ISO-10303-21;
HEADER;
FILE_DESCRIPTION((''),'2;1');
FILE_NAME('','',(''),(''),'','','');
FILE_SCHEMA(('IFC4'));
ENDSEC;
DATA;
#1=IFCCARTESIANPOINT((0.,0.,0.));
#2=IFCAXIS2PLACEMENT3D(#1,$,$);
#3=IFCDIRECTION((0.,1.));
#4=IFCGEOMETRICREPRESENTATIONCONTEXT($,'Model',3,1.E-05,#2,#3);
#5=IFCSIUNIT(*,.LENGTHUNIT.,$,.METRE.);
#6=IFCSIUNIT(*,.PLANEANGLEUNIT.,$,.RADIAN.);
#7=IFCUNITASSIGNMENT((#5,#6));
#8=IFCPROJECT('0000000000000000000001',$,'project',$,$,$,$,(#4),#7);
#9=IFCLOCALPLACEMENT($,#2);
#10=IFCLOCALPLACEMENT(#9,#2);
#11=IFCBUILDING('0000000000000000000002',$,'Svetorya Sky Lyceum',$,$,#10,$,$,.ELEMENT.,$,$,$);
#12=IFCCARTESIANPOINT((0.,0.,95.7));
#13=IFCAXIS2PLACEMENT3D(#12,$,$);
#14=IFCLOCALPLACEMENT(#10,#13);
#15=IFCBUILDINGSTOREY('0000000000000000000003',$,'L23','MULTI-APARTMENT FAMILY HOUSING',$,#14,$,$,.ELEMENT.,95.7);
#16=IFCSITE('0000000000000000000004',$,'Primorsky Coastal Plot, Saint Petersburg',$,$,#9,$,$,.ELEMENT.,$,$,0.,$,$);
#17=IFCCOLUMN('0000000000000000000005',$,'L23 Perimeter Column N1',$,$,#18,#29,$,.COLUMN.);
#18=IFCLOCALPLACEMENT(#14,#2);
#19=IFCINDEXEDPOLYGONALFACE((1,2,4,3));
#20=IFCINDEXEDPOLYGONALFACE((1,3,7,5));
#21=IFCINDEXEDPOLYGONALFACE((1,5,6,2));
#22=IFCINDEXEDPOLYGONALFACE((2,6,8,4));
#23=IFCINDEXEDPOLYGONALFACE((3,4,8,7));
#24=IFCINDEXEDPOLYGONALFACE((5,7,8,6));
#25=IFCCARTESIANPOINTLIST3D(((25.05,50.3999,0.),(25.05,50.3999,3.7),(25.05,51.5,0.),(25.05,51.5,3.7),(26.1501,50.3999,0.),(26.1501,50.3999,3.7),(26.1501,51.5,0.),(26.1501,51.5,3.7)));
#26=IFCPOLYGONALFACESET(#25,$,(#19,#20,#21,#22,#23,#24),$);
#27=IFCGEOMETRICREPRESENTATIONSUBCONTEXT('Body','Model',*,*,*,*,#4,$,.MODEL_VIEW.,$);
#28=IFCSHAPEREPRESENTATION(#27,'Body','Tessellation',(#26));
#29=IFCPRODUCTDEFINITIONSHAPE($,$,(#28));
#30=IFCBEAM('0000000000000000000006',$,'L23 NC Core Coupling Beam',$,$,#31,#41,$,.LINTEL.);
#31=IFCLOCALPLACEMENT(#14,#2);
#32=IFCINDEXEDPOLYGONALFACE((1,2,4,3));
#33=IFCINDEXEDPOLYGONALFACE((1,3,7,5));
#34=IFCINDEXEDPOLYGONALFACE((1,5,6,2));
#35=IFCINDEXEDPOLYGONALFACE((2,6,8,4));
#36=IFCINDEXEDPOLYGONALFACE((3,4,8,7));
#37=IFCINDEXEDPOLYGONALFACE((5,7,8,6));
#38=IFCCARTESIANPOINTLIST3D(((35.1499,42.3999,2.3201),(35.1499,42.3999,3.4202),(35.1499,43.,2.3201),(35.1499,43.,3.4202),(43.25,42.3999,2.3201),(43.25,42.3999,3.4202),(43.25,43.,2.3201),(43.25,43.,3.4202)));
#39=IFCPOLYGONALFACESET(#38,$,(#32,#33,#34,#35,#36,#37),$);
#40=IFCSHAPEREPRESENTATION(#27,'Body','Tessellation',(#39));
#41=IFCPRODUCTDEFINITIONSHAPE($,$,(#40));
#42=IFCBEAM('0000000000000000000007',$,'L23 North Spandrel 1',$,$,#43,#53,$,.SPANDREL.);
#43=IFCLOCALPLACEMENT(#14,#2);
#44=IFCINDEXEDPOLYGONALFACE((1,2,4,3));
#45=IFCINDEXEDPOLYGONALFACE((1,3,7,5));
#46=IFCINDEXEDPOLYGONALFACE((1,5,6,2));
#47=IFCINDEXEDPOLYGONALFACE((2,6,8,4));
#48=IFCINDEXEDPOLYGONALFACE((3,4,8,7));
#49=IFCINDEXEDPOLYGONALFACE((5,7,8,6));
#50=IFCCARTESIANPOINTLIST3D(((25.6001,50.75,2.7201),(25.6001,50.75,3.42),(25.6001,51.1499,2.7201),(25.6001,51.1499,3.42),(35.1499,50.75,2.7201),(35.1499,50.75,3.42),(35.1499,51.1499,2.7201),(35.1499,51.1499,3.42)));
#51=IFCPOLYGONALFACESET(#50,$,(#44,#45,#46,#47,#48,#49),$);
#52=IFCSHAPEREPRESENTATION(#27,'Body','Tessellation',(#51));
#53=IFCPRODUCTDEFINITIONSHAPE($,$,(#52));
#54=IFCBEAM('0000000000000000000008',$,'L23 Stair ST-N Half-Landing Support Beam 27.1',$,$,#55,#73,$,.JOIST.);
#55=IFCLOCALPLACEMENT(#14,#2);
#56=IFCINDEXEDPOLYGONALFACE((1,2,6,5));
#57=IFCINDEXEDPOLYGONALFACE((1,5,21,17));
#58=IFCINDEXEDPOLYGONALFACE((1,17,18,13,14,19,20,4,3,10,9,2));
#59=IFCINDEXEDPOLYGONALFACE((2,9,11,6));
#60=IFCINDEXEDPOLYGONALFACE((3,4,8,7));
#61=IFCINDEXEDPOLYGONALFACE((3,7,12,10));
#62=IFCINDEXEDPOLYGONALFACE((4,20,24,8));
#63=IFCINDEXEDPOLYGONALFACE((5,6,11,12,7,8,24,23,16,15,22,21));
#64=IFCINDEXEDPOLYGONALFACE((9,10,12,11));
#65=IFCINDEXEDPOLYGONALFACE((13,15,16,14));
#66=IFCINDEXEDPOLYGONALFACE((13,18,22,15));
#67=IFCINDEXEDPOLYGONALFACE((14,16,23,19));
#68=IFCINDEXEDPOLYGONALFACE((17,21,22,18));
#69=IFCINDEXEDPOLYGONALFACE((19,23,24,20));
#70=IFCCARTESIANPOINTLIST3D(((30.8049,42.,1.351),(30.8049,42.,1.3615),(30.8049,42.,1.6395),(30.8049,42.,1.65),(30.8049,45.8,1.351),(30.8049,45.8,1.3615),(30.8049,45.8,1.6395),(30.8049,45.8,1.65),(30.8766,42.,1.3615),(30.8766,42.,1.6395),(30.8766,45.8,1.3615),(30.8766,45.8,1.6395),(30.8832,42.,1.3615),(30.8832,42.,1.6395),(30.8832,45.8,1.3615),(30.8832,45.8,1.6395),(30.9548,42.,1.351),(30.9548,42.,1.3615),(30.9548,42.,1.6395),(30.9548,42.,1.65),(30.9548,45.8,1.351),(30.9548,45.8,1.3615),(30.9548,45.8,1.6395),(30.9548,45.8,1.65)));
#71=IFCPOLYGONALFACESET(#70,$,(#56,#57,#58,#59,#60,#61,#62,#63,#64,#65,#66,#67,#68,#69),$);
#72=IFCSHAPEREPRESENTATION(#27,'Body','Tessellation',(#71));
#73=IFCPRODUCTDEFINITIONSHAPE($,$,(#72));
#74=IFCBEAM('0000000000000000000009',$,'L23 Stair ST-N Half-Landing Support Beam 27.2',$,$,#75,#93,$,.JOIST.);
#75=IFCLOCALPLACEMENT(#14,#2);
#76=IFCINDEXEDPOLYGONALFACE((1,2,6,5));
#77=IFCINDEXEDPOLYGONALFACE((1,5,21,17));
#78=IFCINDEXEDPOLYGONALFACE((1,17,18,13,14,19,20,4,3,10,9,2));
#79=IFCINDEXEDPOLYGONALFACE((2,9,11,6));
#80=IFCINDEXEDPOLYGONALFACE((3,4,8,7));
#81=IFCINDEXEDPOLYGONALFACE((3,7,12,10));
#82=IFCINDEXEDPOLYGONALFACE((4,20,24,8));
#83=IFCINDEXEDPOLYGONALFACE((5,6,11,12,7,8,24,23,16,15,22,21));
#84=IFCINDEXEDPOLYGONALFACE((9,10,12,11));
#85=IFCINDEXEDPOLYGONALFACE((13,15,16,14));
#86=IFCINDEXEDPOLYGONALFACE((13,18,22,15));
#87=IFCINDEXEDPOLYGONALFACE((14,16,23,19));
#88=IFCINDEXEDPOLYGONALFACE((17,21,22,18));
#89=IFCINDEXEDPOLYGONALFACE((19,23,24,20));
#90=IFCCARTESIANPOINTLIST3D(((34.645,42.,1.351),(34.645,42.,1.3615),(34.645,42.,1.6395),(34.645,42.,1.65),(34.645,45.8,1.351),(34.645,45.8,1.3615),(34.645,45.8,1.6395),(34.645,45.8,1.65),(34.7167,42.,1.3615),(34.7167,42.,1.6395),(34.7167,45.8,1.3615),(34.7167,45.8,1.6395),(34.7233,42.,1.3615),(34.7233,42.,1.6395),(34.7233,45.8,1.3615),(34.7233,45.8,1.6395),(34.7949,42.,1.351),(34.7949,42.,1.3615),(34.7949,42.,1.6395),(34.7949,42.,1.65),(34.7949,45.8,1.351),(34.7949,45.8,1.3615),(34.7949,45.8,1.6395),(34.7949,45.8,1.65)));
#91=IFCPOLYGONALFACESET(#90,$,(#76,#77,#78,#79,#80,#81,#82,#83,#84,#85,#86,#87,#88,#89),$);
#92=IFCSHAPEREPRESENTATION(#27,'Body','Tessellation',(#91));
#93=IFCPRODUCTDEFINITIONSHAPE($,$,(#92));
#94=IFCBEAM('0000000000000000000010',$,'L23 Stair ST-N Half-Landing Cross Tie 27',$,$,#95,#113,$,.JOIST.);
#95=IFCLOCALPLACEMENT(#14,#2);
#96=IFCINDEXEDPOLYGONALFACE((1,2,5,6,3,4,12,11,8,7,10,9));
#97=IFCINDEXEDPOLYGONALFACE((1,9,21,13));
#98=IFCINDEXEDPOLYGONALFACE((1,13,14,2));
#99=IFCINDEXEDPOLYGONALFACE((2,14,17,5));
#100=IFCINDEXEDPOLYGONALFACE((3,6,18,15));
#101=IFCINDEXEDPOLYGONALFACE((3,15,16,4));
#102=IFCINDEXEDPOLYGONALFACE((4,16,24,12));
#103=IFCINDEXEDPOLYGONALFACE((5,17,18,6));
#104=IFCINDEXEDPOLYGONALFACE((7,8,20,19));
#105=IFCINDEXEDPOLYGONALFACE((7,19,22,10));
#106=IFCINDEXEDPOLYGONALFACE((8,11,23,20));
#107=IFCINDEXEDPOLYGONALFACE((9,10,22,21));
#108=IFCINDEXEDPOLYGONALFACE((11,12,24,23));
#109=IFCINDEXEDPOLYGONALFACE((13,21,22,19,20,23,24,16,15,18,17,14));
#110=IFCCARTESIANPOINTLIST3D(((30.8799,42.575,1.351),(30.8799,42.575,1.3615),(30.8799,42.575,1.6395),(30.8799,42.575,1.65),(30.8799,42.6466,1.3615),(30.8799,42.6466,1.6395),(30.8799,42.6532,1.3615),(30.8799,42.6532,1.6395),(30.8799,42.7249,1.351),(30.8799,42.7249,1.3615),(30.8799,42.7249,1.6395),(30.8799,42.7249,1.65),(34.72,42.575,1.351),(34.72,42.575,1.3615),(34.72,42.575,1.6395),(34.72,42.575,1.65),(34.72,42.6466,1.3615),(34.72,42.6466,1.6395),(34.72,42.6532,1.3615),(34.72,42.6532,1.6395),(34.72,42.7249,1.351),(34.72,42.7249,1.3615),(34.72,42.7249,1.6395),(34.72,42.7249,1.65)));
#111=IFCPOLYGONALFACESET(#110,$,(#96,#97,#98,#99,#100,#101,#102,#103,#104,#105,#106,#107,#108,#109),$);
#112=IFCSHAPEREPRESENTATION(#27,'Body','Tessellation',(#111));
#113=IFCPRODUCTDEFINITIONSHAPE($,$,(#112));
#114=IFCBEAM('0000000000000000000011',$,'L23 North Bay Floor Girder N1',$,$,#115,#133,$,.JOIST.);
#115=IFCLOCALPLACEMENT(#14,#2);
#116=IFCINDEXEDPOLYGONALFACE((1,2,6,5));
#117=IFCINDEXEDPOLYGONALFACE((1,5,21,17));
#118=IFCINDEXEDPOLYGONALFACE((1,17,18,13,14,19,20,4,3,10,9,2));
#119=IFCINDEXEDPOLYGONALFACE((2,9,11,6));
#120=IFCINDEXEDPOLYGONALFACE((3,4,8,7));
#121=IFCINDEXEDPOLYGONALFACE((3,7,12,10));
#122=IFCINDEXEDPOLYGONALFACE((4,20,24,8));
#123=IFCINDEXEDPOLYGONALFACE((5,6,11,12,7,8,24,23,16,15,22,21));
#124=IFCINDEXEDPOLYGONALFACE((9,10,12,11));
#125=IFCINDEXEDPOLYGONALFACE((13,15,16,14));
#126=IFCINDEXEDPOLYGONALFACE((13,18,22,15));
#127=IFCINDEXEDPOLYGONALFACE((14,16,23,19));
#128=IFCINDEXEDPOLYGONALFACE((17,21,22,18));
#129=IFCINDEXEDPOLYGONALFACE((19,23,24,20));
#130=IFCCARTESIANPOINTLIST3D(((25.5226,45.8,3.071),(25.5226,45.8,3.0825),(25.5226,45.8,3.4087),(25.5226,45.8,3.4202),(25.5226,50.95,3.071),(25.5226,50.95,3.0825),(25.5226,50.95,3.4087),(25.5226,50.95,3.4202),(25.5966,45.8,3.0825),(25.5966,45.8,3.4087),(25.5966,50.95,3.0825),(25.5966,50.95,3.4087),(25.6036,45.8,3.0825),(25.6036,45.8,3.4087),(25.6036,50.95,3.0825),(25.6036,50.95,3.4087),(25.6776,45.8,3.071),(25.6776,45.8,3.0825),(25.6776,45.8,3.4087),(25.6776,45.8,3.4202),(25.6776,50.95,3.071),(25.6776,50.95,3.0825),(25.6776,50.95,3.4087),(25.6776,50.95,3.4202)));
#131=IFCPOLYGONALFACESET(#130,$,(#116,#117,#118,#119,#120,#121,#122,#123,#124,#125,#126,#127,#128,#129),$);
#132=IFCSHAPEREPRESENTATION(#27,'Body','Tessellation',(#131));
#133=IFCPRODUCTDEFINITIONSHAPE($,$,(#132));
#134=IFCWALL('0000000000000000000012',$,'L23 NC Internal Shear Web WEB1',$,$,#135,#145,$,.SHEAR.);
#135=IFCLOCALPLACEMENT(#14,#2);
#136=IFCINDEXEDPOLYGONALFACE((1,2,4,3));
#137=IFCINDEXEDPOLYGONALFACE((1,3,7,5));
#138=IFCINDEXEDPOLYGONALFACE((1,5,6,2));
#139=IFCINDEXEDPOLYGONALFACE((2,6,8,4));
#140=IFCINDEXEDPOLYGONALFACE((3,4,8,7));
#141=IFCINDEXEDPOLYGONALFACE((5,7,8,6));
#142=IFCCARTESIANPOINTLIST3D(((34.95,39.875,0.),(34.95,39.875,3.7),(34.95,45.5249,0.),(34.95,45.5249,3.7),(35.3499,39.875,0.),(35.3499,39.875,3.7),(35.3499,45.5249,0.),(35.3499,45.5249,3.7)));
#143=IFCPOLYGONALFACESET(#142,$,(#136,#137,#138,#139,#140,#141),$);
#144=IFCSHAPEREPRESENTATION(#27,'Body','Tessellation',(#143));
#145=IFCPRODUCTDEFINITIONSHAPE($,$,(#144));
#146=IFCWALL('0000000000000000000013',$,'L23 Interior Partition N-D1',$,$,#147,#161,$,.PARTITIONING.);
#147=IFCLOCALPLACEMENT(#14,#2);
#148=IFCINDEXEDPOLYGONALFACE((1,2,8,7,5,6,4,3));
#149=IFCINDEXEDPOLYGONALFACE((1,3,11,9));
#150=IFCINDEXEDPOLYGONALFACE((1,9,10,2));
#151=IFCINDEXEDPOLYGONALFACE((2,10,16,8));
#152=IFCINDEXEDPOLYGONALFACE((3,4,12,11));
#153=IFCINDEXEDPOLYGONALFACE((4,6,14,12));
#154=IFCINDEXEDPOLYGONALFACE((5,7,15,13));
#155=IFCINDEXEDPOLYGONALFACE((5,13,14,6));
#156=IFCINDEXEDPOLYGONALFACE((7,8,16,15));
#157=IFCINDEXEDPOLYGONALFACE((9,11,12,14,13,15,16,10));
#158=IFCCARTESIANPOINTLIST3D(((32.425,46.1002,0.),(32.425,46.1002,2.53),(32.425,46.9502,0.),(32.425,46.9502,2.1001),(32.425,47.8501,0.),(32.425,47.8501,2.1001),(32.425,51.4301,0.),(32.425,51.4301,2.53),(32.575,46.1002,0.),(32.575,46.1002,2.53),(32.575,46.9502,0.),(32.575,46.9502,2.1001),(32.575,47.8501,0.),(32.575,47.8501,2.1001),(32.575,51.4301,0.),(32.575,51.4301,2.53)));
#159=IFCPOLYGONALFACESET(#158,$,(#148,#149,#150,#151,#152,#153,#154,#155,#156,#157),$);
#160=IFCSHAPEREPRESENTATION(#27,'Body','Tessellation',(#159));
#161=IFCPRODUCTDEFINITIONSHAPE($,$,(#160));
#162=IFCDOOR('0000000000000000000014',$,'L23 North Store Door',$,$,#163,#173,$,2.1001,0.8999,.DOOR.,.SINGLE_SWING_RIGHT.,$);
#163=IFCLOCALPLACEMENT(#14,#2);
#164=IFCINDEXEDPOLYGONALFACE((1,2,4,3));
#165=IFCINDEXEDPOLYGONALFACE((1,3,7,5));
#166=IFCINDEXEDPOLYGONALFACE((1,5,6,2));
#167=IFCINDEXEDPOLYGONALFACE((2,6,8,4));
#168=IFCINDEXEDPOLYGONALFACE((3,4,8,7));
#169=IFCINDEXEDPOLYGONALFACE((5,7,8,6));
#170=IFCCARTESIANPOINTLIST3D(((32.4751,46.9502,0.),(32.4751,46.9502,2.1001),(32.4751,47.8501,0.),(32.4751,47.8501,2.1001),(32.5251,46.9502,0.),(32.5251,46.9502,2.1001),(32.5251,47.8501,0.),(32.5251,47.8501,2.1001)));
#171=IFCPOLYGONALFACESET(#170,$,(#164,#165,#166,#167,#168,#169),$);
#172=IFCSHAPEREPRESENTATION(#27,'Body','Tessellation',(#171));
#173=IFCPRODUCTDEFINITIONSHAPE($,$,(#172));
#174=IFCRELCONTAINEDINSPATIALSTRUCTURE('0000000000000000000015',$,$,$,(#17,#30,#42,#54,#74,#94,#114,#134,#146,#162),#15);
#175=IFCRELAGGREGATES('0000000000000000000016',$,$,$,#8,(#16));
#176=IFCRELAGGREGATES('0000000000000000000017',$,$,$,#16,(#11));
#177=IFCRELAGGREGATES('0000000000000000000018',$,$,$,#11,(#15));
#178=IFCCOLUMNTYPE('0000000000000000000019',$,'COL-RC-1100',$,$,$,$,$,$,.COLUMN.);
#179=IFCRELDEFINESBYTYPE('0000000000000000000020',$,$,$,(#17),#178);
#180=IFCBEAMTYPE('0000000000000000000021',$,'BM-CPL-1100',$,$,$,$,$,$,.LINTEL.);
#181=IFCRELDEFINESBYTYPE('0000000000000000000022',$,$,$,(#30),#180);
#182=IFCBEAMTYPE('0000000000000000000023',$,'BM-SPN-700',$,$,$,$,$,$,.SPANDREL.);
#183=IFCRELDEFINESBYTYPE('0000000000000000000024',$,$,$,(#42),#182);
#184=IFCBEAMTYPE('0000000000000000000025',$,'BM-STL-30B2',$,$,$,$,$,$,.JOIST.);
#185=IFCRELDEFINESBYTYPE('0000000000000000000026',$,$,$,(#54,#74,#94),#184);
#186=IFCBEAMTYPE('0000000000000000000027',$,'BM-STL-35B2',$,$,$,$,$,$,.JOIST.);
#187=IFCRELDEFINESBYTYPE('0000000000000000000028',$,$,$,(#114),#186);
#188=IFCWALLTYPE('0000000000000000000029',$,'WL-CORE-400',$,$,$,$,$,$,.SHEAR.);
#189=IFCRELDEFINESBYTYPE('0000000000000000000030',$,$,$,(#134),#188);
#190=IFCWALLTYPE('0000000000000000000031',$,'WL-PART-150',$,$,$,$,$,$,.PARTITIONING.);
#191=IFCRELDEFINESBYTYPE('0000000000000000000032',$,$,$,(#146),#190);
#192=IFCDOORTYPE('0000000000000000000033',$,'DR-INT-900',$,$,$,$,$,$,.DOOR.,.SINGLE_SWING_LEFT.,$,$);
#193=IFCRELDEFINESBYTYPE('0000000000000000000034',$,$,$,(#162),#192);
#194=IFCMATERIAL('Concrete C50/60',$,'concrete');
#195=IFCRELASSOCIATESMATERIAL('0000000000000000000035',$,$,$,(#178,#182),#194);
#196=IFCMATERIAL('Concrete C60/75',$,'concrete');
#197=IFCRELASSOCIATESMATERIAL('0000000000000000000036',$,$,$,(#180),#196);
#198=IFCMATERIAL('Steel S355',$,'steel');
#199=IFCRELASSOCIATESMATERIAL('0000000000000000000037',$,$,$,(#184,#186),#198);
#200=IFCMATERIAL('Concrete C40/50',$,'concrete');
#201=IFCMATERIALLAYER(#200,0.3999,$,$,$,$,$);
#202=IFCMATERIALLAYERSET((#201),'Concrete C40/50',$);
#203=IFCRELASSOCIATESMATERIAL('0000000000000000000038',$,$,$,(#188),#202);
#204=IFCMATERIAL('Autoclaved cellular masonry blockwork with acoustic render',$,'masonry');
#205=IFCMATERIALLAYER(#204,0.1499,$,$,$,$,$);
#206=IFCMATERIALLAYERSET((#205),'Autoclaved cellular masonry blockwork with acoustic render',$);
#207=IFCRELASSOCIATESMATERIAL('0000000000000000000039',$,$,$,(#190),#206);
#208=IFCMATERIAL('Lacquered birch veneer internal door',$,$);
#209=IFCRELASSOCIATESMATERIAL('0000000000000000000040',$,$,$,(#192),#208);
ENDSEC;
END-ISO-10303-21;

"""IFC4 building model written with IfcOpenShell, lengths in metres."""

from ifc_helpers import new_model, si_unit, direction, frame, frame_2d, origin, origin_2d, place, context, subcontext, project, spatial, rectangle, i_section, extrude, material, layer, layer_set, material_profile, profile_set, type_object, element, fill, save


model = new_model("IFC4")

# Units and contexts
model_context = context("Model", 3, precision=1e-05, world=origin(), true_north=direction((0.0, 1.0)))
body_context = subcontext(model_context, "Body", "Model", "MODEL_VIEW")
ifc_project = project(units=[si_unit("LENGTHUNIT", "METRE"), si_unit("PLANEANGLEUNIT", "RADIAN")], contexts=[model_context])

# Site, building, storey
site_placement = place(None, origin())
site = spatial("IfcSite", under=ifc_project, at=site_placement, Name="Primorsky Coastal Plot, Saint Petersburg", CompositionType="ELEMENT", RefElevation=0.0)
building_placement = place(site_placement, origin())
building = spatial("IfcBuilding", under=site, at=building_placement, Name="Svetorya Sky Lyceum", CompositionType="ELEMENT")
storey_placement = place(building_placement, frame((0.0, 0.0, 95.7)))
storey = spatial("IfcBuildingStorey", under=building, at=storey_placement, Name="L23", Description="MULTI-APARTMENT FAMILY HOUSING", CompositionType="ELEMENT", Elevation=95.7)

# Column
ifc_material_1 = material(Name="Concrete C50/60", Category="concrete")
ifc_material_profile_1 = material_profile(ifc_material_1, rectangle(XDim=1.1001, YDim=1.1001, at=origin_2d()), Name="RC COL 1100x1100")
ifc_profile_set_1 = profile_set([ifc_material_profile_1], Name="Concrete C50/60")
column_type = type_object("IfcColumnType", Name="COL-RC-1100", PredefinedType="COLUMN", material=ifc_profile_set_1)
column_placement = place(storey_placement, frame((25.6001, 50.95, 0.0), z_axis=(0.0, 0.0, 1.0), x_axis=(1.0, 0.0, 0.0)))
element("IfcColumn", 1, at=column_placement, inside=storey, type_object=column_type, Name="L23 Perimeter Column N1", PredefinedType="COLUMN", context=body_context, shape_type="SweptSolid", body=[
    extrude(rectangle(XDim=1.1001, YDim=1.1001, at=origin_2d()), origin(), (0.0, 0.0, 1.0), 3.7),
])

# Beams
ifc_material_2 = material(Name="Concrete C60/75", Category="concrete")
ifc_material_profile_2 = material_profile(ifc_material_2, rectangle(XDim=0.6001, YDim=1.1001, at=origin_2d()), Name="RC COUPLING 600x1100")
ifc_profile_set_2 = profile_set([ifc_material_profile_2], Name="Concrete C60/75")
beam_type_1 = type_object("IfcBeamType", Name="BM-CPL-1100", PredefinedType="LINTEL", material=ifc_profile_set_2)
beam_1_placement = place(storey_placement, frame((35.1499, 42.7, 2.8701), z_axis=(1.0, 0.0, 0.0), x_axis=(0.0, 1.0, 0.0)))
element("IfcBeam", 2, at=beam_1_placement, inside=storey, type_object=beam_type_1, Name="L23 NC Core Coupling Beam", PredefinedType="LINTEL", context=body_context, shape_type="SweptSolid", body=[
    extrude(rectangle(XDim=0.6001, YDim=1.1001, at=origin_2d()), origin(), (0.0, 0.0, 1.0), 8.1001),
])
ifc_material_profile_3 = material_profile(ifc_material_1, rectangle(XDim=0.3999, YDim=0.7, at=origin_2d()), Name="RC SPANDREL 400x700")
ifc_profile_set_3 = profile_set([ifc_material_profile_3], Name="Concrete C50/60")
beam_type_2 = type_object("IfcBeamType", Name="BM-SPN-700", PredefinedType="SPANDREL", material=ifc_profile_set_3)
beam_2_placement = place(storey_placement, frame((25.6001, 50.95, 3.0701), z_axis=(1.0, 0.0, 0.0), x_axis=(0.0, 1.0, 0.0)))
element("IfcBeam", 3, at=beam_2_placement, inside=storey, type_object=beam_type_2, Name="L23 North Spandrel 1", PredefinedType="SPANDREL", context=body_context, shape_type="SweptSolid", body=[
    extrude(rectangle(XDim=0.3999, YDim=0.7, at=origin_2d()), origin(), (0.0, 0.0, 1.0), 9.5498),
])
ifc_material_3 = material(Name="Steel S355", Category="steel")
ifc_material_profile_4 = material_profile(ifc_material_3, i_section(OverallWidth=0.1499, OverallDepth=0.2991, WebThickness=0.0066, FlangeThickness=0.0105, at=origin_2d()), Name="GOST 30B2")
ifc_profile_set_4 = profile_set([ifc_material_profile_4], Name="Steel S355")
beam_type_3 = type_object("IfcBeamType", Name="BM-STL-30B2", PredefinedType="JOIST", material=ifc_profile_set_4)
for number, where, z_axis, x_axis, name in (
    (4, (30.8799, 42.0, 1.5005), (0.0, 1.0, 0.0), (-1.0, 0.0, 0.0), "L23 Stair ST-N Half-Landing Support Beam 27.1"),
    (5, (34.72, 42.0, 1.5005), (0.0, 1.0, 0.0), (-1.0, 0.0, 0.0), "L23 Stair ST-N Half-Landing Support Beam 27.2"),
):
    element("IfcBeam", number, at=place(storey_placement, frame(where, z_axis=z_axis, x_axis=x_axis)), inside=storey, type_object=beam_type_3, Name=name, PredefinedType="JOIST", context=body_context, shape_type="SweptSolid", body=[
        extrude(i_section(OverallWidth=0.1499, OverallDepth=0.2991, WebThickness=0.0066, FlangeThickness=0.0105, at=origin_2d()), origin(), (0.0, 0.0, 1.0), 3.8),
    ])
beam_3_placement = place(storey_placement, frame((30.8799, 42.6499, 1.5005), z_axis=(1.0, 0.0, 0.0), x_axis=(0.0, 1.0, 0.0)))
element("IfcBeam", 6, at=beam_3_placement, inside=storey, type_object=beam_type_3, Name="L23 Stair ST-N Half-Landing Cross Tie 27", PredefinedType="JOIST", context=body_context, shape_type="SweptSolid", body=[
    extrude(i_section(OverallWidth=0.1499, OverallDepth=0.2991, WebThickness=0.0066, FlangeThickness=0.0105, at=origin_2d()), origin(), (0.0, 0.0, 1.0), 3.8401),
])
ifc_material_profile_5 = material_profile(ifc_material_3, i_section(OverallWidth=0.155, OverallDepth=0.3491, WebThickness=0.0071, FlangeThickness=0.0115, at=origin_2d()), Name="GOST 35B2")
ifc_profile_set_5 = profile_set([ifc_material_profile_5], Name="Steel S355")
beam_type_4 = type_object("IfcBeamType", Name="BM-STL-35B2", PredefinedType="JOIST", material=ifc_profile_set_5)
beam_4_placement = place(storey_placement, frame((25.6001, 45.8, 3.2456), z_axis=(0.0, 1.0, 0.0), x_axis=(-1.0, 0.0, 0.0)))
element("IfcBeam", 7, at=beam_4_placement, inside=storey, type_object=beam_type_4, Name="L23 North Bay Floor Girder N1", PredefinedType="JOIST", context=body_context, shape_type="SweptSolid", body=[
    extrude(i_section(OverallWidth=0.155, OverallDepth=0.3491, WebThickness=0.0071, FlangeThickness=0.0115, at=origin_2d()), origin(), (0.0, 0.0, 1.0), 5.1499),
])

# Wall
ifc_material_4 = material(Name="Concrete C40/50", Category="concrete")
ifc_layer_1 = layer(ifc_material_4, 0.3999)
ifc_layer_set_1 = layer_set([ifc_layer_1], Name="Concrete C40/50")
wall_type_1 = type_object("IfcWallType", Name="WL-CORE-400", PredefinedType="SHEAR", material=ifc_layer_set_1)
wall_1_placement = place(storey_placement, frame((35.1499, 39.875, 0.0), z_axis=(0.0, 0.0, 1.0), x_axis=(0.0, 1.0, 0.0)))
element("IfcWall", 8, at=wall_1_placement, inside=storey, type_object=wall_type_1, Name="L23 NC Internal Shear Web WEB1", PredefinedType="SHEAR", context=body_context, shape_type="SweptSolid", body=[
    extrude(rectangle(XDim=5.6499, YDim=0.3999, at=frame_2d((2.825, 0.0))), origin(), (0.0, 0.0, 1.0), 3.7),
])

# Wall, opening, door
ifc_material_5 = material(Name="Autoclaved cellular masonry blockwork with acoustic render", Category="masonry")
ifc_layer_2 = layer(ifc_material_5, 0.1499)
ifc_layer_set_2 = layer_set([ifc_layer_2], Name="Autoclaved cellular masonry blockwork with acoustic render")
wall_type_2 = type_object("IfcWallType", Name="WL-PART-150", PredefinedType="PARTITIONING", material=ifc_layer_set_2)
wall_2_placement = place(storey_placement, frame((32.5, 46.1001, 0.0), z_axis=(0.0, 0.0, 1.0), x_axis=(0.0, 1.0, 0.0)))
wall_2 = element("IfcWall", 9, at=wall_2_placement, inside=storey, type_object=wall_type_2, Name="L23 Interior Partition N-D1", PredefinedType="PARTITIONING", context=body_context, shape_type="SweptSolid", body=[
    extrude(rectangle(XDim=5.3298, YDim=0.1499, at=frame_2d((2.665, 0.0))), origin(), (0.0, 0.0, 1.0), 2.53),
])
opening_placement = place(wall_2_placement, frame((0.8501, 0.0, 0.0)))
opening = element("IfcOpeningElement", 10, at=opening_placement, cuts=wall_2, PredefinedType="OPENING", context=body_context, shape_type="SweptSolid", body=[
    extrude(rectangle(XDim=0.8999, YDim=2.1001, at=frame_2d((0.45, 1.05))), frame((0.0, 0.085, 0.0), z_axis=(0.0, -1.0, 0.0), x_axis=(1.0, 0.0, 0.0)), (0.0, 0.0, 1.0), 0.1699),
])
ifc_material_6 = material(Name="Lacquered birch veneer internal door")
door_type = type_object("IfcDoorType", Name="DR-INT-900", OperationType="SINGLE_SWING_LEFT", PredefinedType="DOOR", material=ifc_material_6)
door_placement = place(opening_placement, origin())
door = element("IfcDoor", 11, at=door_placement, inside=storey, type_object=door_type, Name="L23 North Store Door", OperationType="SINGLE_SWING_RIGHT", OverallHeight=2.1001, OverallWidth=0.8999, PredefinedType="DOOR", context=body_context, shape_type="SweptSolid", body=[
    extrude(rectangle(XDim=0.8999, YDim=2.1001, at=frame_2d((0.45, 1.05))), frame((0.0, 0.0249, 0.0), z_axis=(0.0, -1.0, 0.0), x_axis=(1.0, 0.0, 0.0)), (0.0, 0.0, 1.0), 0.05),
])
fill(opening, door)

save(model, "model.ifc")
